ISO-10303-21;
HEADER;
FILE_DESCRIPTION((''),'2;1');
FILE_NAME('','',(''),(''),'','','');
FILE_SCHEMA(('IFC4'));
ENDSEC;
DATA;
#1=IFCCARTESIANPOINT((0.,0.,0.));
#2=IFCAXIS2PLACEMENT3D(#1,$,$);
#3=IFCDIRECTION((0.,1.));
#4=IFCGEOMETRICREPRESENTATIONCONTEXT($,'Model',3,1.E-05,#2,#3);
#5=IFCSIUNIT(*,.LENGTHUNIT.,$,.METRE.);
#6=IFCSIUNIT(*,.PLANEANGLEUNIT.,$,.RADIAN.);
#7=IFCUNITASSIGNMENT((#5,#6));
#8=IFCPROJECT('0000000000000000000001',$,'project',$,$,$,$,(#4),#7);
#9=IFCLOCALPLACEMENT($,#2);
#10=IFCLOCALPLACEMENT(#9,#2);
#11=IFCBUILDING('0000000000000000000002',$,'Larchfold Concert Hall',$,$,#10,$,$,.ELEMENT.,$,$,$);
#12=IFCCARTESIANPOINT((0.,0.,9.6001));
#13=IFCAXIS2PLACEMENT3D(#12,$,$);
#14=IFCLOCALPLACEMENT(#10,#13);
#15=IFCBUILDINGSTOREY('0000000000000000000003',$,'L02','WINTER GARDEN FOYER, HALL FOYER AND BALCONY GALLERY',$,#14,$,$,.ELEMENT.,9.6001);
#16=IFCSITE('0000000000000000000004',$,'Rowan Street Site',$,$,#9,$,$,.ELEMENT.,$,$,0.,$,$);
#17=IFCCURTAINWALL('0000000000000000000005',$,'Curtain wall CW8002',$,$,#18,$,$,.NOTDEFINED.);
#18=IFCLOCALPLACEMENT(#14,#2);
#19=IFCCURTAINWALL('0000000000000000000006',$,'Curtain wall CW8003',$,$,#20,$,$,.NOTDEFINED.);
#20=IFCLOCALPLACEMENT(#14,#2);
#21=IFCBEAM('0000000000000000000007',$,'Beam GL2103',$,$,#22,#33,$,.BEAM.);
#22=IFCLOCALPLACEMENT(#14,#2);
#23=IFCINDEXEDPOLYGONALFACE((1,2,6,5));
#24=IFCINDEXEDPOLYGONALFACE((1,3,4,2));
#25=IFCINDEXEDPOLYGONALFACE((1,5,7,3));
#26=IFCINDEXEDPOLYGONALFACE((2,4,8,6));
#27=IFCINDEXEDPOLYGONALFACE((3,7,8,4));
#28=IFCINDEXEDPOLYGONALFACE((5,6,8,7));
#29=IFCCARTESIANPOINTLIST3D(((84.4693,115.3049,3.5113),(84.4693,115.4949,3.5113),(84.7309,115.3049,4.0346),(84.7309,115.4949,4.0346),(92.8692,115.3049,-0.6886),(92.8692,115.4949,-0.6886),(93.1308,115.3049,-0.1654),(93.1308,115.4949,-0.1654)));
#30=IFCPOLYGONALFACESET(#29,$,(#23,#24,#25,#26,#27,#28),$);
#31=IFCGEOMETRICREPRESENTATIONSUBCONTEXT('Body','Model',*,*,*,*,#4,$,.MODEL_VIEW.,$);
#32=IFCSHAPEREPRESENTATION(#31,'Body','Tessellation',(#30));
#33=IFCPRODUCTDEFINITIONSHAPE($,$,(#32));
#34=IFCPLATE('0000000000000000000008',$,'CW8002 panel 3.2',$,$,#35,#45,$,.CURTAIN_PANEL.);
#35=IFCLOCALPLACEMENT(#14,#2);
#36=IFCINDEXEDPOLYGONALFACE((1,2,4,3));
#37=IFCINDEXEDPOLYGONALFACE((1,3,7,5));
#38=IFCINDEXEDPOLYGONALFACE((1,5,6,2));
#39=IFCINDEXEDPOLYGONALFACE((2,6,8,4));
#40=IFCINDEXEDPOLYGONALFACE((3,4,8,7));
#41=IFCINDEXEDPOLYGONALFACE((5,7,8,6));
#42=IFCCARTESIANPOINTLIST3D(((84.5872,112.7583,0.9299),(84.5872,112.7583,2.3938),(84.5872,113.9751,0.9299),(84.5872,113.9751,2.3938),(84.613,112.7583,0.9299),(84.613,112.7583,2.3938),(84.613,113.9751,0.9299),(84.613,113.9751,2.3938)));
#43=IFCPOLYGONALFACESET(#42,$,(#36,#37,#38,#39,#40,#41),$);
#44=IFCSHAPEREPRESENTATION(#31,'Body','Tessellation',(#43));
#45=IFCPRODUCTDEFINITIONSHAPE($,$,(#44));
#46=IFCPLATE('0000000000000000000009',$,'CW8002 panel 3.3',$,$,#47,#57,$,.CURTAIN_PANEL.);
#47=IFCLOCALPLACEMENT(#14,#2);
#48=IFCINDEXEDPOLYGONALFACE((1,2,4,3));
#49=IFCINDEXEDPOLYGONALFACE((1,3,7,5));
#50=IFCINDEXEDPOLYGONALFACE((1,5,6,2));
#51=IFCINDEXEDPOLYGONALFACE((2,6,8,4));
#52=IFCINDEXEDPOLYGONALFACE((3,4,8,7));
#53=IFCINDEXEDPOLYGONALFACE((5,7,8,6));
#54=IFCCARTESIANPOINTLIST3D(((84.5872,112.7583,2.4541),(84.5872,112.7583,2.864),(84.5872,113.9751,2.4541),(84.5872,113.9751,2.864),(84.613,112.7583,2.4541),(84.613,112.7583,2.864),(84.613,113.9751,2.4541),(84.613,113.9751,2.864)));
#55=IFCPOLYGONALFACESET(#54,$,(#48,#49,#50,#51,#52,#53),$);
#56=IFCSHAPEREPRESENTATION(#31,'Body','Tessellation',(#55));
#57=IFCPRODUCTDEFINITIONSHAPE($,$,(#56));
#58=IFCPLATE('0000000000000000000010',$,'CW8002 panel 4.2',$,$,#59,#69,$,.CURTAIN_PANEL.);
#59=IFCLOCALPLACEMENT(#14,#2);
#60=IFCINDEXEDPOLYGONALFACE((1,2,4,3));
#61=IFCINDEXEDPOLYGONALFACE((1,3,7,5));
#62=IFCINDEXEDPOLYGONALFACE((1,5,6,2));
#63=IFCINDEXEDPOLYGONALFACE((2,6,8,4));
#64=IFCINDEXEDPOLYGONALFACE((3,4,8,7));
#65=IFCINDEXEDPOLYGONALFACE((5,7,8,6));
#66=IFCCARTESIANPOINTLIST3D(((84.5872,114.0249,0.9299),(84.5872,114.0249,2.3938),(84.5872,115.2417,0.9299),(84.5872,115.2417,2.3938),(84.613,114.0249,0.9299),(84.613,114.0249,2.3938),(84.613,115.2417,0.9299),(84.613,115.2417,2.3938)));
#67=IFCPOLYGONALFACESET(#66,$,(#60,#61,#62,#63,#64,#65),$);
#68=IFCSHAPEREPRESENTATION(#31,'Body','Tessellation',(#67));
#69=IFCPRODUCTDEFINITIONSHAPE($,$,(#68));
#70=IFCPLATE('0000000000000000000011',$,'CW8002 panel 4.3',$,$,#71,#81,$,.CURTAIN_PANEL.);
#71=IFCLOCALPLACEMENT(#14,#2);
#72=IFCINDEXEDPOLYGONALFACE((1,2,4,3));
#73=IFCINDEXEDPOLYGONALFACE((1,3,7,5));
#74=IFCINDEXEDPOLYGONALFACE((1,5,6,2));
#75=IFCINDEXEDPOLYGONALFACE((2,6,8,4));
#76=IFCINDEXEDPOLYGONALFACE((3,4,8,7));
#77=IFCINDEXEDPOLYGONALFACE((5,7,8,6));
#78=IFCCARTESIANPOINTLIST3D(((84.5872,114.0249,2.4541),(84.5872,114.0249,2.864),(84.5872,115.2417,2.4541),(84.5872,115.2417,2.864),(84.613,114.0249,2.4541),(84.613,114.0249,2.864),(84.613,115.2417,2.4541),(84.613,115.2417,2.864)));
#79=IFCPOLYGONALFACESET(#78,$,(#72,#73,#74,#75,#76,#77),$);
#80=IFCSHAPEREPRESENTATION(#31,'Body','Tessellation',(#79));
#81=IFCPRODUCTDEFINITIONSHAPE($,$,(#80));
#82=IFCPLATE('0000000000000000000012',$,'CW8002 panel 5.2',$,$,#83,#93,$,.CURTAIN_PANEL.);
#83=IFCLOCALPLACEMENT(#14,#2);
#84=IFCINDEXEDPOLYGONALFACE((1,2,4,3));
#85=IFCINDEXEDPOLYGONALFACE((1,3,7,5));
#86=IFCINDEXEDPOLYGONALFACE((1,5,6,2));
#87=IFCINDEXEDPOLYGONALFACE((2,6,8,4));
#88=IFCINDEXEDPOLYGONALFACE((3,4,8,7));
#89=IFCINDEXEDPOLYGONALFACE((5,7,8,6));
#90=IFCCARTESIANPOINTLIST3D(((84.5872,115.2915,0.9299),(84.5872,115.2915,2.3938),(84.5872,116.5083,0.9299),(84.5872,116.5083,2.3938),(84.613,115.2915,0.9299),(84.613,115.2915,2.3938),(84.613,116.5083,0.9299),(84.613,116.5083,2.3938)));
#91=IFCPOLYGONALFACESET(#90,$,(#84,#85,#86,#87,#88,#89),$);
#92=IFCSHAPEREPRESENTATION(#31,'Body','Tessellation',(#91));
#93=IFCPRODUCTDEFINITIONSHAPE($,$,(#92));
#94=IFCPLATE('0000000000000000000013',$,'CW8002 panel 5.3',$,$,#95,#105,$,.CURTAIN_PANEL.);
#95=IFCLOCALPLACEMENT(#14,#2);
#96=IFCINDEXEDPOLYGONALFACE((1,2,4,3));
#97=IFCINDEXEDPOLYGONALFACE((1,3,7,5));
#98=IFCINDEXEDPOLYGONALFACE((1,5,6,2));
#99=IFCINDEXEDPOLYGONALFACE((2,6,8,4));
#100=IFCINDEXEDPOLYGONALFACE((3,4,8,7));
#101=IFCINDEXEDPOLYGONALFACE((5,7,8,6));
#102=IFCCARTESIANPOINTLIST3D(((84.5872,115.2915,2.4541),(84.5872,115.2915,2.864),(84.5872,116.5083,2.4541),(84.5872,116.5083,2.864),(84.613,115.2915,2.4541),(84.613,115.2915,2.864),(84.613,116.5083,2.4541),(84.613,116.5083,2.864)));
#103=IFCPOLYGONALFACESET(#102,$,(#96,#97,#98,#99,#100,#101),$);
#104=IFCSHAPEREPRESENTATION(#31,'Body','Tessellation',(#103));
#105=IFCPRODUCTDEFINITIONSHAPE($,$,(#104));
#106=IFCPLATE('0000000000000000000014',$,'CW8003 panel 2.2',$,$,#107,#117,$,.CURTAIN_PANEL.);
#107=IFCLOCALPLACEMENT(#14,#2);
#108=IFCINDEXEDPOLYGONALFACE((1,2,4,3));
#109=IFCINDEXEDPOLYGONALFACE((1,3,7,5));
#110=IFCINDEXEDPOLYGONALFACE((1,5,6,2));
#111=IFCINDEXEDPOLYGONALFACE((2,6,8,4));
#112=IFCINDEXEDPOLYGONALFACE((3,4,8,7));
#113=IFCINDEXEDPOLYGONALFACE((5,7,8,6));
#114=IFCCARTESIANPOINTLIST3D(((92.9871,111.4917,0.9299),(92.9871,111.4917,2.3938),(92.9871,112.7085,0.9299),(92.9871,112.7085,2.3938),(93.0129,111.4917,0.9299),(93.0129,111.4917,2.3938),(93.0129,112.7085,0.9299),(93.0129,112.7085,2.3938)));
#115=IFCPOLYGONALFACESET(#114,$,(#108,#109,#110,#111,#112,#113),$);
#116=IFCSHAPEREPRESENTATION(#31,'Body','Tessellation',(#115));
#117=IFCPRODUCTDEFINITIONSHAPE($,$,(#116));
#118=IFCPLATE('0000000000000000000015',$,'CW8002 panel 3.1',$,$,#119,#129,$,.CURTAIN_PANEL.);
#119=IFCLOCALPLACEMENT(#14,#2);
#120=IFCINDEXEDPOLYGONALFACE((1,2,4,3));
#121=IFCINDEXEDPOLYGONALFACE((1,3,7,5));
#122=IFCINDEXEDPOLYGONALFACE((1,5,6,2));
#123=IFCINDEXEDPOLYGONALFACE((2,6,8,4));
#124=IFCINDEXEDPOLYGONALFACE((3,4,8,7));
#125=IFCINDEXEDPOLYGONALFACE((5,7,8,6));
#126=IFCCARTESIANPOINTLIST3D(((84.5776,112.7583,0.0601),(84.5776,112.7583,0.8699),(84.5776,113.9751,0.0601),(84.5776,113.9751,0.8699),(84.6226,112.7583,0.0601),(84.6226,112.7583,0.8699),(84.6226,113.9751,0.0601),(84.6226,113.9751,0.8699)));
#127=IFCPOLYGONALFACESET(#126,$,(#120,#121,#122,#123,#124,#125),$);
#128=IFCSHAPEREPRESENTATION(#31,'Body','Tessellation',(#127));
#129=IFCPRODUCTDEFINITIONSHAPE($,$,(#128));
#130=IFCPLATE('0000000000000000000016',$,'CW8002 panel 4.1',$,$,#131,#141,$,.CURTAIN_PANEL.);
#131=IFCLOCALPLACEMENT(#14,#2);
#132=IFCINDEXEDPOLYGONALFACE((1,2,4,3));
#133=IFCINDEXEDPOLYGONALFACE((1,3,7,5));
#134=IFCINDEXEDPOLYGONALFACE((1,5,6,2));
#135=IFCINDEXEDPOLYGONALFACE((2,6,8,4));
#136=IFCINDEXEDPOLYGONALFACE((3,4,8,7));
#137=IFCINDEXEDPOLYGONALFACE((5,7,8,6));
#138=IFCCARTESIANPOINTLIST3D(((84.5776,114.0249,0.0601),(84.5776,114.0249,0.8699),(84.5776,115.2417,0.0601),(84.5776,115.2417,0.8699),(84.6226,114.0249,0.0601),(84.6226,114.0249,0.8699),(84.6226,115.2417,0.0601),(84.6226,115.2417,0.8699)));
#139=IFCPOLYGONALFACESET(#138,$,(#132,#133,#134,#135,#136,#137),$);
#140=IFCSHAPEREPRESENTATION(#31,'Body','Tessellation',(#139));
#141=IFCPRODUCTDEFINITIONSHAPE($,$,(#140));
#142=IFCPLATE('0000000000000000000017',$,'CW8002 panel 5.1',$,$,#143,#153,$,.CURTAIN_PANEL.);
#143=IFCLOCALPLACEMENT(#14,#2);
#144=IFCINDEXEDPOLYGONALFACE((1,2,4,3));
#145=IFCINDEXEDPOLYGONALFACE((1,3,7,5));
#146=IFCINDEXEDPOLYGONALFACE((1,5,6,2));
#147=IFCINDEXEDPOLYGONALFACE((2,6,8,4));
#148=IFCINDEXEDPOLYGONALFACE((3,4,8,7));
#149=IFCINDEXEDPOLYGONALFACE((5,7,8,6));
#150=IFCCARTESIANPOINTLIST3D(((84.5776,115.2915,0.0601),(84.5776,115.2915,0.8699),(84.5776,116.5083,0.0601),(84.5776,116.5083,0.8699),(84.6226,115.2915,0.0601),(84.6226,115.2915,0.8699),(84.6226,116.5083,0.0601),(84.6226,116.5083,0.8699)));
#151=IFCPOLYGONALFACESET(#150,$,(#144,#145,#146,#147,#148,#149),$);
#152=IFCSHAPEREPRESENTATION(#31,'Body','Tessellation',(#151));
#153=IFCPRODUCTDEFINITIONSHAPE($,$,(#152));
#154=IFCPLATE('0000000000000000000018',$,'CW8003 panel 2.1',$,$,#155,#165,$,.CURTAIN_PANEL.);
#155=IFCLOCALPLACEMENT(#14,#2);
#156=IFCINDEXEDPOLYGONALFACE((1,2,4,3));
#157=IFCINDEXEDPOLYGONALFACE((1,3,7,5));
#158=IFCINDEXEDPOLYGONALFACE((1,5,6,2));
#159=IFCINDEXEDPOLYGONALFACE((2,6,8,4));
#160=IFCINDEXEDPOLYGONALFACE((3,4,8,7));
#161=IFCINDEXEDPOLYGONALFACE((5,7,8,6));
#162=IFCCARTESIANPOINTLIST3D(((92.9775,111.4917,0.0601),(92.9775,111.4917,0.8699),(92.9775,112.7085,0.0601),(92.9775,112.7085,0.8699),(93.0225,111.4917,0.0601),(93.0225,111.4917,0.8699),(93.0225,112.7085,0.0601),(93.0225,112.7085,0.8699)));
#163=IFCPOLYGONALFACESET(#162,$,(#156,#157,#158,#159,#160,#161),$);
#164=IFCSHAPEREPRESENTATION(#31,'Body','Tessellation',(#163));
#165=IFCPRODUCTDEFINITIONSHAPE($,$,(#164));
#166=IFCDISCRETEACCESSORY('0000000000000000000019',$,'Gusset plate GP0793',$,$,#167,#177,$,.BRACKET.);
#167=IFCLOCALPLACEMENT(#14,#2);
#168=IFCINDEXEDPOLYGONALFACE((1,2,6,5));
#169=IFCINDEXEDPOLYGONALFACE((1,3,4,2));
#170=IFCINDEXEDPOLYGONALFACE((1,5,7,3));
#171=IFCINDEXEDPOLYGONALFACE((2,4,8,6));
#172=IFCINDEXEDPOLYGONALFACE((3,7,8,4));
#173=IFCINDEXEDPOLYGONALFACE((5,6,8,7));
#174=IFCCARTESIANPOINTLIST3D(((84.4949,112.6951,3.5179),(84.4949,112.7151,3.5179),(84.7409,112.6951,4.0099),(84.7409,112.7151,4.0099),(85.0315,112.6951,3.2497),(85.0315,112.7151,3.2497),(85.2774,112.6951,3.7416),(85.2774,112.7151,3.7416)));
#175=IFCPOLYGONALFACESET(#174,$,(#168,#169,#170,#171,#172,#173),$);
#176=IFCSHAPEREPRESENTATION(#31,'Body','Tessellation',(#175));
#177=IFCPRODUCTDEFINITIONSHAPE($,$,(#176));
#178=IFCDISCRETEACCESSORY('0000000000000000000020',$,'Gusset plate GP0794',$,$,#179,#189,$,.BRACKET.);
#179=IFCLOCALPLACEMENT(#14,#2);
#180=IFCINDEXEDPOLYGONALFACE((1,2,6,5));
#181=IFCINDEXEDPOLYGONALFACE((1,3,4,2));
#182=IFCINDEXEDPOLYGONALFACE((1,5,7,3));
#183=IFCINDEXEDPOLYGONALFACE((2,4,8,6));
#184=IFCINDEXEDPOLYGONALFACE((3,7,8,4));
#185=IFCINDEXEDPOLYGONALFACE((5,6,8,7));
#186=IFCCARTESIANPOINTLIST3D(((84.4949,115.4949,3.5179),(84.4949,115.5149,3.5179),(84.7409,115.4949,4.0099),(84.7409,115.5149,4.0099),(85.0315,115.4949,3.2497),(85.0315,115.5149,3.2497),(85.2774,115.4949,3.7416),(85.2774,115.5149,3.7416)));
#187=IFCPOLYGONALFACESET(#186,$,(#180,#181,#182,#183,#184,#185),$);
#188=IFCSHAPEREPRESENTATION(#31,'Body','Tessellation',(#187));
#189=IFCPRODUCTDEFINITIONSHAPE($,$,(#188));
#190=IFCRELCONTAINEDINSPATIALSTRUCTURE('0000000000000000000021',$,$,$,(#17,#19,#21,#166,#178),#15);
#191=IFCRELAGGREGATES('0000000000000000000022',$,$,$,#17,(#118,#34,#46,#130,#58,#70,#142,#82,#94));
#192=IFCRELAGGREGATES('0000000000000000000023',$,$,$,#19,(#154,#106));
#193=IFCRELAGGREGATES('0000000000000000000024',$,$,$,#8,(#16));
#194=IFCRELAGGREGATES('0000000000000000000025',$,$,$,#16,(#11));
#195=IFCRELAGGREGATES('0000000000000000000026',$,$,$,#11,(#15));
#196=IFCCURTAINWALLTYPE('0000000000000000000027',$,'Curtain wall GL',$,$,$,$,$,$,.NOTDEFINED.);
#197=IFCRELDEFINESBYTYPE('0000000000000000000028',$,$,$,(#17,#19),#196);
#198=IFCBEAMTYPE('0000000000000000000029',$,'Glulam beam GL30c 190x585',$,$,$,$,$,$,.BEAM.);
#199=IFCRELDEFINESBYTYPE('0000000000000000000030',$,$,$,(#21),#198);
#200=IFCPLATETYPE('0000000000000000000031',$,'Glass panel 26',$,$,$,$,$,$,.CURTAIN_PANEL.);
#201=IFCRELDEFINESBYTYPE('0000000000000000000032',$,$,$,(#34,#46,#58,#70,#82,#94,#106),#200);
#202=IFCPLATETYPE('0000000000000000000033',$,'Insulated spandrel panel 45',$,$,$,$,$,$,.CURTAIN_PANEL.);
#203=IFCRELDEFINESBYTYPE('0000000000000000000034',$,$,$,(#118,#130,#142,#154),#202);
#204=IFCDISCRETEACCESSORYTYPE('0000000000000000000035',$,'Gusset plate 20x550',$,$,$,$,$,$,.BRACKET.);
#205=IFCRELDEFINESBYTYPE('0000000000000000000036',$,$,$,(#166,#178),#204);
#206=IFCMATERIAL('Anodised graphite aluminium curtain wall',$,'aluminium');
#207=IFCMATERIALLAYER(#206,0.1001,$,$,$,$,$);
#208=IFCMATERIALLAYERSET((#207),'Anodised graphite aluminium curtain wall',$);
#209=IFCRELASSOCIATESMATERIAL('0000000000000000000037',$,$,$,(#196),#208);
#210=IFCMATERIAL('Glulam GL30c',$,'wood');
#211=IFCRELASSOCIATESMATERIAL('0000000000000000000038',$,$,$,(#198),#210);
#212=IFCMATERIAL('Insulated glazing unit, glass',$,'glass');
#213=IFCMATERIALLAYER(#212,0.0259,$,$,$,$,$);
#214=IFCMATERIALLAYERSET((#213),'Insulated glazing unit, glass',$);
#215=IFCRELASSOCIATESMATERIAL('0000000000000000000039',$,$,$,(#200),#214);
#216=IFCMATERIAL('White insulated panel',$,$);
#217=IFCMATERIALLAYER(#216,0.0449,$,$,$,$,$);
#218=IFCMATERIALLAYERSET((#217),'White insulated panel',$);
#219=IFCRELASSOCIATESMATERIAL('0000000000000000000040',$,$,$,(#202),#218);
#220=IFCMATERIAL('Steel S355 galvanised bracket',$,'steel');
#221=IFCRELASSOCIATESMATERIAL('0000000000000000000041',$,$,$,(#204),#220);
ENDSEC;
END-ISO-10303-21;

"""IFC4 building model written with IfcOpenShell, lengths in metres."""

from ifc_helpers import new_model, si_unit, direction, frame, origin, origin_2d, place, context, subcontext, project, spatial, rectangle, extrude, material, layer, layer_set, material_profile, profile_set, type_object, element, aggregate, save


model = new_model("IFC4")

# Units and contexts
model_context = context("Model", 3, precision=1e-05, world=origin(), true_north=direction((0.0, 1.0)))
body_context = subcontext(model_context, "Body", "Model", "MODEL_VIEW")
ifc_project = project(units=[si_unit("LENGTHUNIT", "METRE"), si_unit("PLANEANGLEUNIT", "RADIAN")], contexts=[model_context])

# Site, building, storey
site_placement = place(None, origin())
site = spatial("IfcSite", under=ifc_project, at=site_placement, Name="Rowan Street Site", CompositionType="ELEMENT", RefElevation=0.0)
building_placement = place(site_placement, origin())
building = spatial("IfcBuilding", under=site, at=building_placement, Name="Larchfold Concert Hall", CompositionType="ELEMENT")
storey_placement = place(building_placement, frame((0.0, 0.0, 9.6001)))
storey = spatial("IfcBuildingStorey", under=building, at=storey_placement, Name="L02", Description="WINTER GARDEN FOYER, HALL FOYER AND BALCONY GALLERY", CompositionType="ELEMENT", Elevation=9.6001)

# Curtain wall
ifc_material_1 = material(Name="Anodised graphite aluminium curtain wall", Category="aluminium")
ifc_layer_1 = layer(ifc_material_1, 0.1001)
ifc_layer_set_1 = layer_set([ifc_layer_1], Name="Anodised graphite aluminium curtain wall")
curtain_wall_type = type_object("IfcCurtainWallType", Name="Curtain wall GL", PredefinedType="NOTDEFINED", material=ifc_layer_set_1)
curtain_wall_1_placement = place(storey_placement, origin())
curtain_wall_1 = element("IfcCurtainWall", 1, at=curtain_wall_1_placement, inside=storey, type_object=curtain_wall_type, Name="Curtain wall CW8002", PredefinedType="NOTDEFINED")

# Curtain wall
curtain_wall_2_placement = place(storey_placement, origin())
curtain_wall_2 = element("IfcCurtainWall", 2, at=curtain_wall_2_placement, inside=storey, type_object=curtain_wall_type, Name="Curtain wall CW8003", PredefinedType="NOTDEFINED")

# Beam
ifc_material_2 = material(Name="Glulam GL30c", Category="wood")
ifc_material_profile_1 = material_profile(ifc_material_2, rectangle(XDim=0.1899, YDim=0.585, at=origin_2d()))
ifc_profile_set_1 = profile_set([ifc_material_profile_1], Name="Glulam GL30c")
beam_type = type_object("IfcBeamType", Name="Glulam beam GL30c 190x585", PredefinedType="BEAM", material=ifc_profile_set_1)
beam_placement = place(storey_placement, frame((84.6001, 115.3999, 3.7729), z_axis=(0.894427, 0.0, -0.447214), x_axis=(0.0, 1.0, 0.0)))
element("IfcBeam", 3, at=beam_placement, inside=storey, type_object=beam_type, Name="Beam GL2103", PredefinedType="BEAM", context=body_context, shape_type="SweptSolid", body=[
    extrude(rectangle(XDim=0.1899, YDim=0.585, at=origin_2d()), origin(), (0.0, 0.0, 1.0), 9.3914),
])

# Plates
ifc_material_3 = material(Name="Insulated glazing unit, glass", Category="glass")
ifc_layer_2 = layer(ifc_material_3, 0.0259)
ifc_layer_set_2 = layer_set([ifc_layer_2], Name="Insulated glazing unit, glass")
plate_type_1 = type_object("IfcPlateType", Name="Glass panel 26", PredefinedType="CURTAIN_PANEL", material=ifc_layer_set_2)
plate_1_placement = place(storey_placement, frame((84.6001, 113.3667, 0.9299), z_axis=(0.0, 0.0, 1.0), x_axis=(0.0, 1.0, 0.0)))
plate_1 = element("IfcPlate", 4, at=plate_1_placement, type_object=plate_type_1, Name="CW8002 panel 3.2", PredefinedType="CURTAIN_PANEL", context=body_context, shape_type="SweptSolid", body=[
    extrude(rectangle(XDim=1.2168, YDim=0.0259, at=origin_2d()), origin(), (0.0, 0.0, 1.0), 1.4639),
])
plate_2_placement = place(storey_placement, frame((84.6001, 113.3667, 2.4541), z_axis=(0.0, 0.0, 1.0), x_axis=(0.0, 1.0, 0.0)))
plate_2 = element("IfcPlate", 5, at=plate_2_placement, type_object=plate_type_1, Name="CW8002 panel 3.3", PredefinedType="CURTAIN_PANEL", context=body_context, shape_type="SweptSolid", body=[
    extrude(rectangle(XDim=1.2168, YDim=0.0259, at=origin_2d()), origin(), (0.0, 0.0, 1.0), 0.4099),
])
plate_3_placement = place(storey_placement, frame((84.6001, 114.6333, 0.9299), z_axis=(0.0, 0.0, 1.0), x_axis=(0.0, 1.0, 0.0)))
plate_3 = element("IfcPlate", 6, at=plate_3_placement, type_object=plate_type_1, Name="CW8002 panel 4.2", PredefinedType="CURTAIN_PANEL", context=body_context, shape_type="SweptSolid", body=[
    extrude(rectangle(XDim=1.2168, YDim=0.0259, at=origin_2d()), origin(), (0.0, 0.0, 1.0), 1.4639),
])
plate_4_placement = place(storey_placement, frame((84.6001, 114.6333, 2.4541), z_axis=(0.0, 0.0, 1.0), x_axis=(0.0, 1.0, 0.0)))
plate_4 = element("IfcPlate", 7, at=plate_4_placement, type_object=plate_type_1, Name="CW8002 panel 4.3", PredefinedType="CURTAIN_PANEL", context=body_context, shape_type="SweptSolid", body=[
    extrude(rectangle(XDim=1.2168, YDim=0.0259, at=origin_2d()), origin(), (0.0, 0.0, 1.0), 0.4099),
])
plate_5_placement = place(storey_placement, frame((84.6001, 115.8999, 0.9299), z_axis=(0.0, 0.0, 1.0), x_axis=(0.0, 1.0, 0.0)))
plate_5 = element("IfcPlate", 8, at=plate_5_placement, type_object=plate_type_1, Name="CW8002 panel 5.2", PredefinedType="CURTAIN_PANEL", context=body_context, shape_type="SweptSolid", body=[
    extrude(rectangle(XDim=1.2168, YDim=0.0259, at=origin_2d()), origin(), (0.0, 0.0, 1.0), 1.4639),
])
plate_6_placement = place(storey_placement, frame((84.6001, 115.8999, 2.4541), z_axis=(0.0, 0.0, 1.0), x_axis=(0.0, 1.0, 0.0)))
plate_6 = element("IfcPlate", 9, at=plate_6_placement, type_object=plate_type_1, Name="CW8002 panel 5.3", PredefinedType="CURTAIN_PANEL", context=body_context, shape_type="SweptSolid", body=[
    extrude(rectangle(XDim=1.2168, YDim=0.0259, at=origin_2d()), origin(), (0.0, 0.0, 1.0), 0.4099),
])
plate_7_placement = place(storey_placement, frame((93.0, 112.1001, 0.9299), z_axis=(0.0, 0.0, 1.0), x_axis=(0.0, 1.0, 0.0)))
plate_7 = element("IfcPlate", 10, at=plate_7_placement, type_object=plate_type_1, Name="CW8003 panel 2.2", PredefinedType="CURTAIN_PANEL", context=body_context, shape_type="SweptSolid", body=[
    extrude(rectangle(XDim=1.2168, YDim=0.0259, at=origin_2d()), origin(), (0.0, 0.0, 1.0), 1.4639),
])
ifc_material_4 = material(Name="White insulated panel")
ifc_layer_3 = layer(ifc_material_4, 0.0449)
ifc_layer_set_3 = layer_set([ifc_layer_3], Name="White insulated panel")
plate_type_2 = type_object("IfcPlateType", Name="Insulated spandrel panel 45", PredefinedType="CURTAIN_PANEL", material=ifc_layer_set_3)
plate_8_placement = place(storey_placement, frame((84.6001, 113.3667, 0.0601), z_axis=(0.0, 0.0, 1.0), x_axis=(0.0, 1.0, 0.0)))
plate_8 = element("IfcPlate", 11, at=plate_8_placement, type_object=plate_type_2, Name="CW8002 panel 3.1", PredefinedType="CURTAIN_PANEL", context=body_context, shape_type="SweptSolid", body=[
    extrude(rectangle(XDim=1.2168, YDim=0.0449, at=origin_2d()), origin(), (0.0, 0.0, 1.0), 0.8098),
])
plate_9_placement = place(storey_placement, frame((84.6001, 114.6333, 0.0601), z_axis=(0.0, 0.0, 1.0), x_axis=(0.0, 1.0, 0.0)))
plate_9 = element("IfcPlate", 12, at=plate_9_placement, type_object=plate_type_2, Name="CW8002 panel 4.1", PredefinedType="CURTAIN_PANEL", context=body_context, shape_type="SweptSolid", body=[
    extrude(rectangle(XDim=1.2168, YDim=0.0449, at=origin_2d()), origin(), (0.0, 0.0, 1.0), 0.8098),
])
plate_10_placement = place(storey_placement, frame((84.6001, 115.8999, 0.0601), z_axis=(0.0, 0.0, 1.0), x_axis=(0.0, 1.0, 0.0)))
plate_10 = element("IfcPlate", 13, at=plate_10_placement, type_object=plate_type_2, Name="CW8002 panel 5.1", PredefinedType="CURTAIN_PANEL", context=body_context, shape_type="SweptSolid", body=[
    extrude(rectangle(XDim=1.2168, YDim=0.0449, at=origin_2d()), origin(), (0.0, 0.0, 1.0), 0.8098),
])
aggregate(curtain_wall_1, [plate_8, plate_1, plate_2, plate_9, plate_3, plate_4, plate_10, plate_5, plate_6])
plate_11_placement = place(storey_placement, frame((93.0, 112.1001, 0.0601), z_axis=(0.0, 0.0, 1.0), x_axis=(0.0, 1.0, 0.0)))
plate_11 = element("IfcPlate", 14, at=plate_11_placement, type_object=plate_type_2, Name="CW8003 panel 2.1", PredefinedType="CURTAIN_PANEL", context=body_context, shape_type="SweptSolid", body=[
    extrude(rectangle(XDim=1.2168, YDim=0.0449, at=origin_2d()), origin(), (0.0, 0.0, 1.0), 0.8098),
])
aggregate(curtain_wall_2, [plate_11, plate_7])

# Discrete accessories
ifc_material_5 = material(Name="Steel S355 galvanised bracket", Category="steel")
ifc_material_profile_2 = material_profile(ifc_material_5, rectangle(XDim=0.02, YDim=0.55, at=origin_2d()))
ifc_profile_set_2 = profile_set([ifc_material_profile_2], Name="Steel S355 galvanised bracket")
discrete_accessory_type = type_object("IfcDiscreteAccessoryType", Name="Gusset plate 20x550", PredefinedType="BRACKET", material=ifc_profile_set_2)
for number, where, z_axis, x_axis, name in (
    (15, (84.6179, 112.7051, 3.7639), (0.894427, 0.0, -0.447214), (0.0, 1.0, 0.0), "Gusset plate GP0793"),
    (16, (84.6179, 115.5049, 3.7639), (0.894427, 0.0, -0.447214), (0.0, 1.0, 0.0), "Gusset plate GP0794"),
):
    element("IfcDiscreteAccessory", number, at=place(storey_placement, frame(where, z_axis=z_axis, x_axis=x_axis)), inside=storey, type_object=discrete_accessory_type, Name=name, PredefinedType="BRACKET", context=body_context, shape_type="SweptSolid", body=[
        extrude(rectangle(XDim=0.02, YDim=0.55, at=origin_2d()), origin(), (0.0, 0.0, 1.0), 0.5999),
    ])

save(model, "model.ifc")
